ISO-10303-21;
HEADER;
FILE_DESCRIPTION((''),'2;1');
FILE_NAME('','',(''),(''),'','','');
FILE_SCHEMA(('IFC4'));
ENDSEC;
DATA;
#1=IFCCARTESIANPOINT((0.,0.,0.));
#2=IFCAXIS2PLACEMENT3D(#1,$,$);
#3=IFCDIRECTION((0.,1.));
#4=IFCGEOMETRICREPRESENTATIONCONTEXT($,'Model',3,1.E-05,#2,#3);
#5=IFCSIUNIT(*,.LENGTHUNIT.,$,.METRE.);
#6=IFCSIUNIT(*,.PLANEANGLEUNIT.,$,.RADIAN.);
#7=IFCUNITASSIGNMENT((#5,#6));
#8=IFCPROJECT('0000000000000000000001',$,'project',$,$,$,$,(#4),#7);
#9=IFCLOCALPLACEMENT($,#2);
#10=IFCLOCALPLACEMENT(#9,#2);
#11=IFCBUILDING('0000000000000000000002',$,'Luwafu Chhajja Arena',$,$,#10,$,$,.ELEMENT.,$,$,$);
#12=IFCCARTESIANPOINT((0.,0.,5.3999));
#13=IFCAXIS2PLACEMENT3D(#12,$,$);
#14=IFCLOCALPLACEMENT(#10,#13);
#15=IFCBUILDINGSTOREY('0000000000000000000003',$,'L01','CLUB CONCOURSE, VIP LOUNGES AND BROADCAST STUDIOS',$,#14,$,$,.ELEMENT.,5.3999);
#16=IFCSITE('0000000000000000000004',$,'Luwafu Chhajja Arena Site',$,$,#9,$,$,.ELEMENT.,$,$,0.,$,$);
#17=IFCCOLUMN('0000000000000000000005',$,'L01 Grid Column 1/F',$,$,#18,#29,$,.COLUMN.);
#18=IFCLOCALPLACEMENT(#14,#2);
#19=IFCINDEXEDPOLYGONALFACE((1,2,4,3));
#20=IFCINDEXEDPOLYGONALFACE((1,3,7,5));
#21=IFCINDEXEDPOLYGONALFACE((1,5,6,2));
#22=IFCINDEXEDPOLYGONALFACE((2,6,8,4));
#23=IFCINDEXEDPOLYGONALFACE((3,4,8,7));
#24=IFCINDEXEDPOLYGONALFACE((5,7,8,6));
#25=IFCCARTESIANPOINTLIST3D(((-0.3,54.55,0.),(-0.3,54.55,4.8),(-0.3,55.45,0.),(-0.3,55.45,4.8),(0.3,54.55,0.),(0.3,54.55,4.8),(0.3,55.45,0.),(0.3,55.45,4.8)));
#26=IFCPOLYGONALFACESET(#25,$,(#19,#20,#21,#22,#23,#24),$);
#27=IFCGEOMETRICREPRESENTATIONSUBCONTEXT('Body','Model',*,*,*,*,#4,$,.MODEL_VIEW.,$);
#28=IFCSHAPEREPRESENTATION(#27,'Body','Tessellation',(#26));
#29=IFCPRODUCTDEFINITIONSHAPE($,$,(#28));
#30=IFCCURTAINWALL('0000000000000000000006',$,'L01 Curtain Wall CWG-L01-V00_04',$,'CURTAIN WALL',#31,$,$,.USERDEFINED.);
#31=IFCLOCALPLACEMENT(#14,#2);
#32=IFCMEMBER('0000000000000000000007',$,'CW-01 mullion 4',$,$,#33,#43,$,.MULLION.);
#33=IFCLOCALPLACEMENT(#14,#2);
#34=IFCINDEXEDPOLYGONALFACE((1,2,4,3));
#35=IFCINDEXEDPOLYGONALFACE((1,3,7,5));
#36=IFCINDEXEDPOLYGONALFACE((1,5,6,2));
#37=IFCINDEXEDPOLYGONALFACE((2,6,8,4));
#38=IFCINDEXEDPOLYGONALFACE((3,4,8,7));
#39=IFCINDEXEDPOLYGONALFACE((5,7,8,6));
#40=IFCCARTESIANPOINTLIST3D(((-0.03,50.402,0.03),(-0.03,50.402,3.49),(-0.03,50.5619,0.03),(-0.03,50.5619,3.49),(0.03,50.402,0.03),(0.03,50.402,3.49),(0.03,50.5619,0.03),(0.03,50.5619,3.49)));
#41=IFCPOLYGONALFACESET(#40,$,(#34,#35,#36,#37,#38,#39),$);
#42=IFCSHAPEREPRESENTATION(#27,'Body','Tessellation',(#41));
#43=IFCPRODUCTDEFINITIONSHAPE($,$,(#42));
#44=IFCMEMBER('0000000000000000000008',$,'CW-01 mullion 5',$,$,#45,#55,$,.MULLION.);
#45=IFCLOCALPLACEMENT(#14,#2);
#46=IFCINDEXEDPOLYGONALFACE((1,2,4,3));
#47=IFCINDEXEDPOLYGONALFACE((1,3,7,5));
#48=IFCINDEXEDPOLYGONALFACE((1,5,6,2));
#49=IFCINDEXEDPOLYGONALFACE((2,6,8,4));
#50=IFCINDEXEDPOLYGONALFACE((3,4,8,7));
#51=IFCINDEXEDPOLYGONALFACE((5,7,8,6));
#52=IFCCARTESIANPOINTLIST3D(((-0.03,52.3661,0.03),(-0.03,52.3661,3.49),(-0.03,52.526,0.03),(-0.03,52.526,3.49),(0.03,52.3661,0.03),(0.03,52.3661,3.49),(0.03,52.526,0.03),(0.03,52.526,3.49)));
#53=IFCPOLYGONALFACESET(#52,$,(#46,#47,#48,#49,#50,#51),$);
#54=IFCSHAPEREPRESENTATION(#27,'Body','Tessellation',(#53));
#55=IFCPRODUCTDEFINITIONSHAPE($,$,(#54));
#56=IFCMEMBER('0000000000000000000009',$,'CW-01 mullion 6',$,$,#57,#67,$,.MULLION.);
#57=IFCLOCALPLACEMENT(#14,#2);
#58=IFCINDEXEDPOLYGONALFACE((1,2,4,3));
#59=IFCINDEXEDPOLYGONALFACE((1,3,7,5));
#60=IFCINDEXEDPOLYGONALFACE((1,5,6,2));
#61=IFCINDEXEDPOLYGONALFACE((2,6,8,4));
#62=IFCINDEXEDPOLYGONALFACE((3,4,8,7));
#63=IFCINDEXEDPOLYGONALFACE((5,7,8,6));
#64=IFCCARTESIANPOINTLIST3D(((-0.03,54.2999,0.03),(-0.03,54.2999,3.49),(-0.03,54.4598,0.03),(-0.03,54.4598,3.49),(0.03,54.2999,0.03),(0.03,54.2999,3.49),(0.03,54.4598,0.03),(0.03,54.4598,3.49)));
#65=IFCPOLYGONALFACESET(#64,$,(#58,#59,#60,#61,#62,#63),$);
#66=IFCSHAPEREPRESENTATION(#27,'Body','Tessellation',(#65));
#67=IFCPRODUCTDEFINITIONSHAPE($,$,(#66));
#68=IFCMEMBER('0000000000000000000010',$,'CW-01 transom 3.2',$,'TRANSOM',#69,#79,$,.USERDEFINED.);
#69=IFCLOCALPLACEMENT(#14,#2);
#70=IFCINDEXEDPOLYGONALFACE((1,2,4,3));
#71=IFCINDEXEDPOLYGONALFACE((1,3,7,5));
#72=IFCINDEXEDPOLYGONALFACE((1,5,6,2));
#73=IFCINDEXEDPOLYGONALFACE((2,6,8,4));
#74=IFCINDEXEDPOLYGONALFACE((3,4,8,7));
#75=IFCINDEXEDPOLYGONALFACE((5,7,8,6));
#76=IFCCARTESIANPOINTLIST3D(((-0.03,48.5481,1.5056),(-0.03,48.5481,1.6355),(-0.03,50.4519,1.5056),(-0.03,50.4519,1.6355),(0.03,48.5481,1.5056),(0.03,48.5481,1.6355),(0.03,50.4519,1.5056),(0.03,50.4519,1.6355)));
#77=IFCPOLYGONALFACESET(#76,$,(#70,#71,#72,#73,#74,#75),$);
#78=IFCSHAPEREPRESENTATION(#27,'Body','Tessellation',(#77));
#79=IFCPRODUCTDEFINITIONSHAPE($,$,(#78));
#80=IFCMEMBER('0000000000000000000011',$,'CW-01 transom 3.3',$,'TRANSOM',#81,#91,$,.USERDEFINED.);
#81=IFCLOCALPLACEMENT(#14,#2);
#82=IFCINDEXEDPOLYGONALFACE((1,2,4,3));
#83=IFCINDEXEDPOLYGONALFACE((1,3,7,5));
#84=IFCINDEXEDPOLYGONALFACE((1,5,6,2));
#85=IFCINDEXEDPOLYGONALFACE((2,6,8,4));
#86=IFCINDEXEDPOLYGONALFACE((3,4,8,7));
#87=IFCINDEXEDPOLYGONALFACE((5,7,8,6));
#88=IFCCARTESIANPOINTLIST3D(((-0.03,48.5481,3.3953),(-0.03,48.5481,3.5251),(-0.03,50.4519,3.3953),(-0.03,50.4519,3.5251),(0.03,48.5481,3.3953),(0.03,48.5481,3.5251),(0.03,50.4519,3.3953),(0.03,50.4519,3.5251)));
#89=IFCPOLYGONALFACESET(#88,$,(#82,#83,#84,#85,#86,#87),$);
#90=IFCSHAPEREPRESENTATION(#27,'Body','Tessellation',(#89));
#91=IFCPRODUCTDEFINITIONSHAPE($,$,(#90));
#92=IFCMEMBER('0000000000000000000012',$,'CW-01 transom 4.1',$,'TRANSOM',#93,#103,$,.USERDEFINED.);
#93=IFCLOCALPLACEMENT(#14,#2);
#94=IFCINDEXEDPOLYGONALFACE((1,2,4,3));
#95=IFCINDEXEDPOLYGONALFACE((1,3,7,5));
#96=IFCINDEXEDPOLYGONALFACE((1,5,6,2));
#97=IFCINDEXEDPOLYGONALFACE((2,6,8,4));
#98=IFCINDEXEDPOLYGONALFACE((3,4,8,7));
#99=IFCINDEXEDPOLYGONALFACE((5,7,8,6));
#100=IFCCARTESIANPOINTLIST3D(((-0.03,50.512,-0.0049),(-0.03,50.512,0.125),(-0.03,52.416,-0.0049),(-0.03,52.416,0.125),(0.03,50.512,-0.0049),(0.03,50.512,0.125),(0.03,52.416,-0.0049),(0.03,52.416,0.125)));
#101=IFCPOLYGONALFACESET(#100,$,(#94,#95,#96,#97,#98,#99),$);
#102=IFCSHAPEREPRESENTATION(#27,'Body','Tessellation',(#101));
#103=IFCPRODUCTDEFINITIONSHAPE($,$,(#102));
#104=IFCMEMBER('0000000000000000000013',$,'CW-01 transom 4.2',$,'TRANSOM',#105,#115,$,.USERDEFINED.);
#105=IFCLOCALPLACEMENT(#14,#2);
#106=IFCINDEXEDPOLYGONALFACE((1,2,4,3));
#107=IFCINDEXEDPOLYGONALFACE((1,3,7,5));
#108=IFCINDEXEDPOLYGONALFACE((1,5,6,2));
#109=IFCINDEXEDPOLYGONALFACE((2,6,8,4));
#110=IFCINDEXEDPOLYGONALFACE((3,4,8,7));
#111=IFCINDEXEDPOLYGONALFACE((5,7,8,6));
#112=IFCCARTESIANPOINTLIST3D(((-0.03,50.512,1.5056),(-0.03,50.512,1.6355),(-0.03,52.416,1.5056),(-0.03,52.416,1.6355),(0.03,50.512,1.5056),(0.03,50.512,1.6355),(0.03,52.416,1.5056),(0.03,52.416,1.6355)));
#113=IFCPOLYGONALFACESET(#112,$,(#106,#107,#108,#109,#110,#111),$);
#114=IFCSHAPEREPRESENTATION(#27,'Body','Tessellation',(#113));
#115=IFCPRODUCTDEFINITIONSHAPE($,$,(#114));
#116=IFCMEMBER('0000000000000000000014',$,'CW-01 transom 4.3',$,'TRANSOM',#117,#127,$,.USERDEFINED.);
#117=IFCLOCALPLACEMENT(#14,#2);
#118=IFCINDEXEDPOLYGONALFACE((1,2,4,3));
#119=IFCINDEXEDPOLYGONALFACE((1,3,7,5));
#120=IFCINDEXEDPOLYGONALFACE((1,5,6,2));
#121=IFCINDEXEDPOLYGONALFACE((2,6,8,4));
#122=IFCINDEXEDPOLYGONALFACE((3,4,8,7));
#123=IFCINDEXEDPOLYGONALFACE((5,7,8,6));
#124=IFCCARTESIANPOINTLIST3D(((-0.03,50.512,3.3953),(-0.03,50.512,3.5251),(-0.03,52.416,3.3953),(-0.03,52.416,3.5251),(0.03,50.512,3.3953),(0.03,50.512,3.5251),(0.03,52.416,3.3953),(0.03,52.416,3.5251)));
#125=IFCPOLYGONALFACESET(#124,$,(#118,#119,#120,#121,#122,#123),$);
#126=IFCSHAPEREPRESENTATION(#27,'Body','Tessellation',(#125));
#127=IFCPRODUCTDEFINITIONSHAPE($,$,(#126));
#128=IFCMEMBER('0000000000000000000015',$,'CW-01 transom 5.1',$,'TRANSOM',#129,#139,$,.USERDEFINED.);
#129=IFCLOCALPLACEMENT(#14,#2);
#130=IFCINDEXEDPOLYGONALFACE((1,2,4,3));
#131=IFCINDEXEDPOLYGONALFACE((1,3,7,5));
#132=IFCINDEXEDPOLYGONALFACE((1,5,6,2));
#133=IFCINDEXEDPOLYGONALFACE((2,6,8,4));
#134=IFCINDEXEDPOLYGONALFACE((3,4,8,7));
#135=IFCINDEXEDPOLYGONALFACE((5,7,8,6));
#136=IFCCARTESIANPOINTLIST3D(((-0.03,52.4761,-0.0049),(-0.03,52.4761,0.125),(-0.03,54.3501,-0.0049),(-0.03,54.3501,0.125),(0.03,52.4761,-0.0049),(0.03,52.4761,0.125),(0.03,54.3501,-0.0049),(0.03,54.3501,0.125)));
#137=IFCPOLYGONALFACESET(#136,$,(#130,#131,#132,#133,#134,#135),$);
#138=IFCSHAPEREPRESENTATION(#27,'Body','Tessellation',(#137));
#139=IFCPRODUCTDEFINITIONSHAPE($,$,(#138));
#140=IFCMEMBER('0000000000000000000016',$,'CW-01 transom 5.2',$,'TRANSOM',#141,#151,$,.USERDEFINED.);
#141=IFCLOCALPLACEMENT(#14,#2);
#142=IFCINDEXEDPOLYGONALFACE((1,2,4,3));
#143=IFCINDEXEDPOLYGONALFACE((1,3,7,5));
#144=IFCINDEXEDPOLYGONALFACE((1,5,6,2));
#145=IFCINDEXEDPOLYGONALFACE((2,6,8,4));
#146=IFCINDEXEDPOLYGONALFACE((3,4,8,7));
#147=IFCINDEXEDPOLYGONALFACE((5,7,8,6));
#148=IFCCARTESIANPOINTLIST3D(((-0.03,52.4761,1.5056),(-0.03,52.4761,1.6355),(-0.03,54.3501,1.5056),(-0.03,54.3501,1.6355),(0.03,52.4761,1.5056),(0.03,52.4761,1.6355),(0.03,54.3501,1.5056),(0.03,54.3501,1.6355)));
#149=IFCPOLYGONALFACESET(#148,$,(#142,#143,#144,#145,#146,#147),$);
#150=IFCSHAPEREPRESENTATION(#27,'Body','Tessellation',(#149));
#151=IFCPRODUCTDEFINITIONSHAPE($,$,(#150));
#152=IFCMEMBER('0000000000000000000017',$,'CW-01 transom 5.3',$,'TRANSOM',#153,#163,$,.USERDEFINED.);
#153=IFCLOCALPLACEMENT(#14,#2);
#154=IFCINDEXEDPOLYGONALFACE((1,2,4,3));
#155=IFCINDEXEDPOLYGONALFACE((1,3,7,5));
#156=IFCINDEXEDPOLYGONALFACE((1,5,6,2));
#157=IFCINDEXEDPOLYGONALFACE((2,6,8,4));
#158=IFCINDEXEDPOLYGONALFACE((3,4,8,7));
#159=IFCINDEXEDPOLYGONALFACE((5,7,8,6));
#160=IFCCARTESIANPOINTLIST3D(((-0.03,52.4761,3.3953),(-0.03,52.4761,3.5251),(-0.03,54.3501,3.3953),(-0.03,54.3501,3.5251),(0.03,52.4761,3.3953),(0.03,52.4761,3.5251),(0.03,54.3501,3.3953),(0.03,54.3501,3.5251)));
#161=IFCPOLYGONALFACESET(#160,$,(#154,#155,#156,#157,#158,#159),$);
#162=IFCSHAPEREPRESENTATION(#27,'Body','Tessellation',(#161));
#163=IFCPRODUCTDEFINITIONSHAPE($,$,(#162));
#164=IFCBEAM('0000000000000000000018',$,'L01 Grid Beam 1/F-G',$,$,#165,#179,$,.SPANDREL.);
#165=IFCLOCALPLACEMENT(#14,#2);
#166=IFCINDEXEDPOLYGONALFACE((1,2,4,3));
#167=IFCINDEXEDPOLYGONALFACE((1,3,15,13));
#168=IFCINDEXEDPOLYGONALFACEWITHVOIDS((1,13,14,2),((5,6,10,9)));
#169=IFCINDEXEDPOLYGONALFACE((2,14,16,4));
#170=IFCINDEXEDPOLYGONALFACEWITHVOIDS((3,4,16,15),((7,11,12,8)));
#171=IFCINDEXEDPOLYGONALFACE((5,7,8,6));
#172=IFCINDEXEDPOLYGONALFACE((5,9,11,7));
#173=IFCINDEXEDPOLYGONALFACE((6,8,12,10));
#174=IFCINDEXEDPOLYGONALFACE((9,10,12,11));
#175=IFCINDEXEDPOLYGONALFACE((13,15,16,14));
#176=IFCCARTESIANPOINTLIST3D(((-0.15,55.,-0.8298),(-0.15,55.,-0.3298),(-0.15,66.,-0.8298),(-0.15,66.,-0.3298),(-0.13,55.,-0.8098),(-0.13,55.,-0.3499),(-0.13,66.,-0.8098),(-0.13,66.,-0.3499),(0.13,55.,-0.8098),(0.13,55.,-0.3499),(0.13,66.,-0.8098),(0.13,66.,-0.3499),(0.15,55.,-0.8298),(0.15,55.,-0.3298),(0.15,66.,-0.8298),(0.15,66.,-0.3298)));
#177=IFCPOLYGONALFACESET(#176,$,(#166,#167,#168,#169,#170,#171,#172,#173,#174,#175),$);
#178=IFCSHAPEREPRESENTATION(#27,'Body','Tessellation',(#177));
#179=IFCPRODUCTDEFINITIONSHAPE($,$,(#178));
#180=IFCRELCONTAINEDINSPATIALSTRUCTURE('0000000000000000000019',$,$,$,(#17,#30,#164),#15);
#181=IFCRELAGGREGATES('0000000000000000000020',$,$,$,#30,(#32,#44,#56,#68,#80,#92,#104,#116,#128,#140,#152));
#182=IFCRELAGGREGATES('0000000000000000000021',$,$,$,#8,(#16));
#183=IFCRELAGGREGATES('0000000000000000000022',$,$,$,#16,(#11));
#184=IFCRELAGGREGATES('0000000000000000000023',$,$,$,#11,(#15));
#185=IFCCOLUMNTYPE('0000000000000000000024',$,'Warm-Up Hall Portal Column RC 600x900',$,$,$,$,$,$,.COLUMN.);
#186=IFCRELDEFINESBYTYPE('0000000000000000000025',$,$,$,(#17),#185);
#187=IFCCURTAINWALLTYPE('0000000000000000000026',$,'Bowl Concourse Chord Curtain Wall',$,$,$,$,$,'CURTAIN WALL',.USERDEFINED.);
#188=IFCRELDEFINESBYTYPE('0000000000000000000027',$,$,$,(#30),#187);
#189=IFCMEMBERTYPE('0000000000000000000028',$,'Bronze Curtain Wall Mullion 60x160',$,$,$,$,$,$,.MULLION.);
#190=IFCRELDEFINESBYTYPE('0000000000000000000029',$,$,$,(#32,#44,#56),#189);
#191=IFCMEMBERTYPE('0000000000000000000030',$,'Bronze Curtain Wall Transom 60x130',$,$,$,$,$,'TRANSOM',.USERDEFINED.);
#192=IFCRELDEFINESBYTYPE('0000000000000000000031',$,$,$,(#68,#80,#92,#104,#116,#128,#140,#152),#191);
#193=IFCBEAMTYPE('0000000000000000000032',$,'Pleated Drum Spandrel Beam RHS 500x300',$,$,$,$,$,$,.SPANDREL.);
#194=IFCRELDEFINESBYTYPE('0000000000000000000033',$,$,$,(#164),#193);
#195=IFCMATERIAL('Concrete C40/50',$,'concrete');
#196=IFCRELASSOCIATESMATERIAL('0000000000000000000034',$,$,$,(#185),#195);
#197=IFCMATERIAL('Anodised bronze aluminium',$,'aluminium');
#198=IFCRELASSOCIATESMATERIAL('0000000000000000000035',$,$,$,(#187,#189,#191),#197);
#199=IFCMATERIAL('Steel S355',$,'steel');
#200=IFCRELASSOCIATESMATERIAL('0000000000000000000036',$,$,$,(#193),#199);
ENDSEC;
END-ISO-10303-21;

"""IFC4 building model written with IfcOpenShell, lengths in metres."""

from ifc_helpers import new_model, si_unit, direction, frame, origin, origin_2d, place, context, subcontext, project, spatial, rectangle, hollow_rectangle, extrude, material, material_profile, profile_set, type_object, element, aggregate, save


model = new_model("IFC4")

# Units and contexts
model_context = context("Model", 3, precision=1e-05, world=origin(), true_north=direction((0.0, 1.0)))
body_context = subcontext(model_context, "Body", "Model", "MODEL_VIEW")
ifc_project = project(units=[si_unit("LENGTHUNIT", "METRE"), si_unit("PLANEANGLEUNIT", "RADIAN")], contexts=[model_context])

# Site, building, storey
site_placement = place(None, origin())
site = spatial("IfcSite", under=ifc_project, at=site_placement, Name="Luwafu Chhajja Arena Site", CompositionType="ELEMENT", RefElevation=0.0)
building_placement = place(site_placement, origin())
building = spatial("IfcBuilding", under=site, at=building_placement, Name="Luwafu Chhajja Arena", CompositionType="ELEMENT")
storey_placement = place(building_placement, frame((0.0, 0.0, 5.3999)))
storey = spatial("IfcBuildingStorey", under=building, at=storey_placement, Name="L01", Description="CLUB CONCOURSE, VIP LOUNGES AND BROADCAST STUDIOS", CompositionType="ELEMENT", Elevation=5.3999)

# Column
ifc_material_1 = material(Name="Concrete C40/50", Category="concrete")
ifc_material_profile_1 = material_profile(ifc_material_1, rectangle(XDim=0.6001, YDim=0.8999, at=origin_2d()), Name="RC 600x900")
ifc_profile_set_1 = profile_set([ifc_material_profile_1], Name="Concrete C40/50")
column_type = type_object("IfcColumnType", Name="Warm-Up Hall Portal Column RC 600x900", PredefinedType="COLUMN", material=ifc_profile_set_1)
column_placement = place(storey_placement, frame((0.0, 55.0, 0.0), z_axis=(0.0, 0.0, 1.0), x_axis=(1.0, 0.0, 0.0)))
element("IfcColumn", 1, at=column_placement, inside=storey, type_object=column_type, Name="L01 Grid Column 1/F", PredefinedType="COLUMN", context=body_context, shape_type="SweptSolid", body=[
    extrude(rectangle(XDim=0.6001, YDim=0.8999, at=origin_2d()), origin(), (0.0, 0.0, 1.0), 4.8),
])

# Curtain wall, members
ifc_material_2 = material(Name="Anodised bronze aluminium", Category="aluminium")
curtain_wall_type = type_object("IfcCurtainWallType", Name="Bowl Concourse Chord Curtain Wall", ElementType="CURTAIN WALL", PredefinedType="USERDEFINED", material=ifc_material_2)
curtain_wall_placement = place(storey_placement, origin())
curtain_wall = element("IfcCurtainWall", 2, at=curtain_wall_placement, inside=storey, type_object=curtain_wall_type, Name="L01 Curtain Wall CWG-L01-V00_04", ObjectType="CURTAIN WALL", PredefinedType="USERDEFINED")
ifc_material_profile_2 = material_profile(ifc_material_2, rectangle(XDim=0.0601, YDim=0.1599, at=origin_2d()), Name="CWM 60x160")
ifc_profile_set_2 = profile_set([ifc_material_profile_2], Name="Anodised bronze aluminium")
member_type_1 = type_object("IfcMemberType", Name="Bronze Curtain Wall Mullion 60x160", PredefinedType="MULLION", material=ifc_profile_set_2)
member_1_placement = place(storey_placement, frame((0.0, 50.4819, 0.03), z_axis=(0.0, 0.0, 1.0), x_axis=(-1.0, 0.0, 0.0)))
member_1 = element("IfcMember", 3, at=member_1_placement, type_object=member_type_1, Name="CW-01 mullion 4", PredefinedType="MULLION", context=body_context, shape_type="SweptSolid", body=[
    extrude(rectangle(XDim=0.0601, YDim=0.1599, at=origin_2d()), origin(), (0.0, 0.0, 1.0), 3.46),
])
member_2_placement = place(storey_placement, frame((0.0, 52.446, 0.03), z_axis=(0.0, 0.0, 1.0), x_axis=(-1.0, 0.0, 0.0)))
member_2 = element("IfcMember", 4, at=member_2_placement, type_object=member_type_1, Name="CW-01 mullion 5", PredefinedType="MULLION", context=body_context, shape_type="SweptSolid", body=[
    extrude(rectangle(XDim=0.0601, YDim=0.1599, at=origin_2d()), origin(), (0.0, 0.0, 1.0), 3.46),
])
member_3_placement = place(storey_placement, frame((0.0, 54.3799, 0.03), z_axis=(0.0, 0.0, 1.0), x_axis=(-1.0, 0.0, 0.0)))
member_3 = element("IfcMember", 5, at=member_3_placement, type_object=member_type_1, Name="CW-01 mullion 6", PredefinedType="MULLION", context=body_context, shape_type="SweptSolid", body=[
    extrude(rectangle(XDim=0.0601, YDim=0.1599, at=origin_2d()), origin(), (0.0, 0.0, 1.0), 3.46),
])
ifc_material_profile_3 = material_profile(ifc_material_2, rectangle(XDim=0.0601, YDim=0.1299, at=origin_2d()), Name="CWT 60x130")
ifc_profile_set_3 = profile_set([ifc_material_profile_3], Name="Anodised bronze aluminium")
member_type_2 = type_object("IfcMemberType", Name="Bronze Curtain Wall Transom 60x130", ElementType="TRANSOM", PredefinedType="USERDEFINED", material=ifc_profile_set_3)
member_4_placement = place(storey_placement, frame((0.0, 48.5481, 1.5706), z_axis=(0.0, 1.0, 0.0), x_axis=(-1.0, 0.0, 0.0)))
member_4 = element("IfcMember", 6, at=member_4_placement, type_object=member_type_2, Name="CW-01 transom 3.2", ObjectType="TRANSOM", PredefinedType="USERDEFINED", context=body_context, shape_type="SweptSolid", body=[
    extrude(rectangle(XDim=0.0601, YDim=0.1299, at=origin_2d()), origin(), (0.0, 0.0, 1.0), 1.9038),
])
member_5_placement = place(storey_placement, frame((0.0, 48.5481, 3.4602), z_axis=(0.0, 1.0, 0.0), x_axis=(-1.0, 0.0, 0.0)))
member_5 = element("IfcMember", 7, at=member_5_placement, type_object=member_type_2, Name="CW-01 transom 3.3", ObjectType="TRANSOM", PredefinedType="USERDEFINED", context=body_context, shape_type="SweptSolid", body=[
    extrude(rectangle(XDim=0.0601, YDim=0.1299, at=origin_2d()), origin(), (0.0, 0.0, 1.0), 1.9038),
])
member_6_placement = place(storey_placement, frame((0.0, 50.512, 0.0601), z_axis=(0.0, 1.0, 0.0), x_axis=(-1.0, 0.0, 0.0)))
member_6 = element("IfcMember", 8, at=member_6_placement, type_object=member_type_2, Name="CW-01 transom 4.1", ObjectType="TRANSOM", PredefinedType="USERDEFINED", context=body_context, shape_type="SweptSolid", body=[
    extrude(rectangle(XDim=0.0601, YDim=0.1299, at=origin_2d()), origin(), (0.0, 0.0, 1.0), 1.9041),
])
member_7_placement = place(storey_placement, frame((0.0, 50.512, 1.5706), z_axis=(0.0, 1.0, 0.0), x_axis=(-1.0, 0.0, 0.0)))
member_7 = element("IfcMember", 9, at=member_7_placement, type_object=member_type_2, Name="CW-01 transom 4.2", ObjectType="TRANSOM", PredefinedType="USERDEFINED", context=body_context, shape_type="SweptSolid", body=[
    extrude(rectangle(XDim=0.0601, YDim=0.1299, at=origin_2d()), origin(), (0.0, 0.0, 1.0), 1.9041),
])
member_8_placement = place(storey_placement, frame((0.0, 50.512, 3.4602), z_axis=(0.0, 1.0, 0.0), x_axis=(-1.0, 0.0, 0.0)))
member_8 = element("IfcMember", 10, at=member_8_placement, type_object=member_type_2, Name="CW-01 transom 4.3", ObjectType="TRANSOM", PredefinedType="USERDEFINED", context=body_context, shape_type="SweptSolid", body=[
    extrude(rectangle(XDim=0.0601, YDim=0.1299, at=origin_2d()), origin(), (0.0, 0.0, 1.0), 1.9041),
])
member_9_placement = place(storey_placement, frame((0.0, 52.4761, 0.0601), z_axis=(0.0, 1.0, 0.0), x_axis=(-1.0, 0.0, 0.0)))
member_9 = element("IfcMember", 11, at=member_9_placement, type_object=member_type_2, Name="CW-01 transom 5.1", ObjectType="TRANSOM", PredefinedType="USERDEFINED", context=body_context, shape_type="SweptSolid", body=[
    extrude(rectangle(XDim=0.0601, YDim=0.1299, at=origin_2d()), origin(), (0.0, 0.0, 1.0), 1.874),
])
member_10_placement = place(storey_placement, frame((0.0, 52.4761, 1.5706), z_axis=(0.0, 1.0, 0.0), x_axis=(-1.0, 0.0, 0.0)))
member_10 = element("IfcMember", 12, at=member_10_placement, type_object=member_type_2, Name="CW-01 transom 5.2", ObjectType="TRANSOM", PredefinedType="USERDEFINED", context=body_context, shape_type="SweptSolid", body=[
    extrude(rectangle(XDim=0.0601, YDim=0.1299, at=origin_2d()), origin(), (0.0, 0.0, 1.0), 1.874),
])
member_11_placement = place(storey_placement, frame((0.0, 52.4761, 3.4602), z_axis=(0.0, 1.0, 0.0), x_axis=(-1.0, 0.0, 0.0)))
member_11 = element("IfcMember", 13, at=member_11_placement, type_object=member_type_2, Name="CW-01 transom 5.3", ObjectType="TRANSOM", PredefinedType="USERDEFINED", context=body_context, shape_type="SweptSolid", body=[
    extrude(rectangle(XDim=0.0601, YDim=0.1299, at=origin_2d()), origin(), (0.0, 0.0, 1.0), 1.874),
])

# Beam
ifc_material_3 = material(Name="Steel S355", Category="steel")
ifc_material_profile_4 = material_profile(ifc_material_3, hollow_rectangle(XDim=0.3, YDim=0.5, WallThickness=0.02, at=origin_2d()), Name="RHS 500x300x20")
ifc_profile_set_4 = profile_set([ifc_material_profile_4], Name="Steel S355")
beam_type_1 = type_object("IfcBeamType", Name="Pleated Drum Spandrel Beam RHS 500x300", PredefinedType="SPANDREL", material=ifc_profile_set_4)
beam_1_placement = place(storey_placement, frame((0.0, 55.0, -0.5798), z_axis=(0.0, 1.0, 0.0), x_axis=(-1.0, 0.0, 0.0)))
element("IfcBeam", 14, at=beam_1_placement, inside=storey, type_object=beam_type_1, Name="L01 Grid Beam 1/F-G", PredefinedType="SPANDREL", context=body_context, shape_type="SweptSolid", body=[
    extrude(hollow_rectangle(XDim=0.3, YDim=0.5, WallThickness=0.02, at=origin_2d()), origin(), (0.0, 0.0, 1.0), 11.0),
])

aggregate(curtain_wall, [member_1, member_2, member_3, member_4, member_5, member_6, member_7, member_8, member_9, member_10, member_11])

save(model, "model.ifc")
